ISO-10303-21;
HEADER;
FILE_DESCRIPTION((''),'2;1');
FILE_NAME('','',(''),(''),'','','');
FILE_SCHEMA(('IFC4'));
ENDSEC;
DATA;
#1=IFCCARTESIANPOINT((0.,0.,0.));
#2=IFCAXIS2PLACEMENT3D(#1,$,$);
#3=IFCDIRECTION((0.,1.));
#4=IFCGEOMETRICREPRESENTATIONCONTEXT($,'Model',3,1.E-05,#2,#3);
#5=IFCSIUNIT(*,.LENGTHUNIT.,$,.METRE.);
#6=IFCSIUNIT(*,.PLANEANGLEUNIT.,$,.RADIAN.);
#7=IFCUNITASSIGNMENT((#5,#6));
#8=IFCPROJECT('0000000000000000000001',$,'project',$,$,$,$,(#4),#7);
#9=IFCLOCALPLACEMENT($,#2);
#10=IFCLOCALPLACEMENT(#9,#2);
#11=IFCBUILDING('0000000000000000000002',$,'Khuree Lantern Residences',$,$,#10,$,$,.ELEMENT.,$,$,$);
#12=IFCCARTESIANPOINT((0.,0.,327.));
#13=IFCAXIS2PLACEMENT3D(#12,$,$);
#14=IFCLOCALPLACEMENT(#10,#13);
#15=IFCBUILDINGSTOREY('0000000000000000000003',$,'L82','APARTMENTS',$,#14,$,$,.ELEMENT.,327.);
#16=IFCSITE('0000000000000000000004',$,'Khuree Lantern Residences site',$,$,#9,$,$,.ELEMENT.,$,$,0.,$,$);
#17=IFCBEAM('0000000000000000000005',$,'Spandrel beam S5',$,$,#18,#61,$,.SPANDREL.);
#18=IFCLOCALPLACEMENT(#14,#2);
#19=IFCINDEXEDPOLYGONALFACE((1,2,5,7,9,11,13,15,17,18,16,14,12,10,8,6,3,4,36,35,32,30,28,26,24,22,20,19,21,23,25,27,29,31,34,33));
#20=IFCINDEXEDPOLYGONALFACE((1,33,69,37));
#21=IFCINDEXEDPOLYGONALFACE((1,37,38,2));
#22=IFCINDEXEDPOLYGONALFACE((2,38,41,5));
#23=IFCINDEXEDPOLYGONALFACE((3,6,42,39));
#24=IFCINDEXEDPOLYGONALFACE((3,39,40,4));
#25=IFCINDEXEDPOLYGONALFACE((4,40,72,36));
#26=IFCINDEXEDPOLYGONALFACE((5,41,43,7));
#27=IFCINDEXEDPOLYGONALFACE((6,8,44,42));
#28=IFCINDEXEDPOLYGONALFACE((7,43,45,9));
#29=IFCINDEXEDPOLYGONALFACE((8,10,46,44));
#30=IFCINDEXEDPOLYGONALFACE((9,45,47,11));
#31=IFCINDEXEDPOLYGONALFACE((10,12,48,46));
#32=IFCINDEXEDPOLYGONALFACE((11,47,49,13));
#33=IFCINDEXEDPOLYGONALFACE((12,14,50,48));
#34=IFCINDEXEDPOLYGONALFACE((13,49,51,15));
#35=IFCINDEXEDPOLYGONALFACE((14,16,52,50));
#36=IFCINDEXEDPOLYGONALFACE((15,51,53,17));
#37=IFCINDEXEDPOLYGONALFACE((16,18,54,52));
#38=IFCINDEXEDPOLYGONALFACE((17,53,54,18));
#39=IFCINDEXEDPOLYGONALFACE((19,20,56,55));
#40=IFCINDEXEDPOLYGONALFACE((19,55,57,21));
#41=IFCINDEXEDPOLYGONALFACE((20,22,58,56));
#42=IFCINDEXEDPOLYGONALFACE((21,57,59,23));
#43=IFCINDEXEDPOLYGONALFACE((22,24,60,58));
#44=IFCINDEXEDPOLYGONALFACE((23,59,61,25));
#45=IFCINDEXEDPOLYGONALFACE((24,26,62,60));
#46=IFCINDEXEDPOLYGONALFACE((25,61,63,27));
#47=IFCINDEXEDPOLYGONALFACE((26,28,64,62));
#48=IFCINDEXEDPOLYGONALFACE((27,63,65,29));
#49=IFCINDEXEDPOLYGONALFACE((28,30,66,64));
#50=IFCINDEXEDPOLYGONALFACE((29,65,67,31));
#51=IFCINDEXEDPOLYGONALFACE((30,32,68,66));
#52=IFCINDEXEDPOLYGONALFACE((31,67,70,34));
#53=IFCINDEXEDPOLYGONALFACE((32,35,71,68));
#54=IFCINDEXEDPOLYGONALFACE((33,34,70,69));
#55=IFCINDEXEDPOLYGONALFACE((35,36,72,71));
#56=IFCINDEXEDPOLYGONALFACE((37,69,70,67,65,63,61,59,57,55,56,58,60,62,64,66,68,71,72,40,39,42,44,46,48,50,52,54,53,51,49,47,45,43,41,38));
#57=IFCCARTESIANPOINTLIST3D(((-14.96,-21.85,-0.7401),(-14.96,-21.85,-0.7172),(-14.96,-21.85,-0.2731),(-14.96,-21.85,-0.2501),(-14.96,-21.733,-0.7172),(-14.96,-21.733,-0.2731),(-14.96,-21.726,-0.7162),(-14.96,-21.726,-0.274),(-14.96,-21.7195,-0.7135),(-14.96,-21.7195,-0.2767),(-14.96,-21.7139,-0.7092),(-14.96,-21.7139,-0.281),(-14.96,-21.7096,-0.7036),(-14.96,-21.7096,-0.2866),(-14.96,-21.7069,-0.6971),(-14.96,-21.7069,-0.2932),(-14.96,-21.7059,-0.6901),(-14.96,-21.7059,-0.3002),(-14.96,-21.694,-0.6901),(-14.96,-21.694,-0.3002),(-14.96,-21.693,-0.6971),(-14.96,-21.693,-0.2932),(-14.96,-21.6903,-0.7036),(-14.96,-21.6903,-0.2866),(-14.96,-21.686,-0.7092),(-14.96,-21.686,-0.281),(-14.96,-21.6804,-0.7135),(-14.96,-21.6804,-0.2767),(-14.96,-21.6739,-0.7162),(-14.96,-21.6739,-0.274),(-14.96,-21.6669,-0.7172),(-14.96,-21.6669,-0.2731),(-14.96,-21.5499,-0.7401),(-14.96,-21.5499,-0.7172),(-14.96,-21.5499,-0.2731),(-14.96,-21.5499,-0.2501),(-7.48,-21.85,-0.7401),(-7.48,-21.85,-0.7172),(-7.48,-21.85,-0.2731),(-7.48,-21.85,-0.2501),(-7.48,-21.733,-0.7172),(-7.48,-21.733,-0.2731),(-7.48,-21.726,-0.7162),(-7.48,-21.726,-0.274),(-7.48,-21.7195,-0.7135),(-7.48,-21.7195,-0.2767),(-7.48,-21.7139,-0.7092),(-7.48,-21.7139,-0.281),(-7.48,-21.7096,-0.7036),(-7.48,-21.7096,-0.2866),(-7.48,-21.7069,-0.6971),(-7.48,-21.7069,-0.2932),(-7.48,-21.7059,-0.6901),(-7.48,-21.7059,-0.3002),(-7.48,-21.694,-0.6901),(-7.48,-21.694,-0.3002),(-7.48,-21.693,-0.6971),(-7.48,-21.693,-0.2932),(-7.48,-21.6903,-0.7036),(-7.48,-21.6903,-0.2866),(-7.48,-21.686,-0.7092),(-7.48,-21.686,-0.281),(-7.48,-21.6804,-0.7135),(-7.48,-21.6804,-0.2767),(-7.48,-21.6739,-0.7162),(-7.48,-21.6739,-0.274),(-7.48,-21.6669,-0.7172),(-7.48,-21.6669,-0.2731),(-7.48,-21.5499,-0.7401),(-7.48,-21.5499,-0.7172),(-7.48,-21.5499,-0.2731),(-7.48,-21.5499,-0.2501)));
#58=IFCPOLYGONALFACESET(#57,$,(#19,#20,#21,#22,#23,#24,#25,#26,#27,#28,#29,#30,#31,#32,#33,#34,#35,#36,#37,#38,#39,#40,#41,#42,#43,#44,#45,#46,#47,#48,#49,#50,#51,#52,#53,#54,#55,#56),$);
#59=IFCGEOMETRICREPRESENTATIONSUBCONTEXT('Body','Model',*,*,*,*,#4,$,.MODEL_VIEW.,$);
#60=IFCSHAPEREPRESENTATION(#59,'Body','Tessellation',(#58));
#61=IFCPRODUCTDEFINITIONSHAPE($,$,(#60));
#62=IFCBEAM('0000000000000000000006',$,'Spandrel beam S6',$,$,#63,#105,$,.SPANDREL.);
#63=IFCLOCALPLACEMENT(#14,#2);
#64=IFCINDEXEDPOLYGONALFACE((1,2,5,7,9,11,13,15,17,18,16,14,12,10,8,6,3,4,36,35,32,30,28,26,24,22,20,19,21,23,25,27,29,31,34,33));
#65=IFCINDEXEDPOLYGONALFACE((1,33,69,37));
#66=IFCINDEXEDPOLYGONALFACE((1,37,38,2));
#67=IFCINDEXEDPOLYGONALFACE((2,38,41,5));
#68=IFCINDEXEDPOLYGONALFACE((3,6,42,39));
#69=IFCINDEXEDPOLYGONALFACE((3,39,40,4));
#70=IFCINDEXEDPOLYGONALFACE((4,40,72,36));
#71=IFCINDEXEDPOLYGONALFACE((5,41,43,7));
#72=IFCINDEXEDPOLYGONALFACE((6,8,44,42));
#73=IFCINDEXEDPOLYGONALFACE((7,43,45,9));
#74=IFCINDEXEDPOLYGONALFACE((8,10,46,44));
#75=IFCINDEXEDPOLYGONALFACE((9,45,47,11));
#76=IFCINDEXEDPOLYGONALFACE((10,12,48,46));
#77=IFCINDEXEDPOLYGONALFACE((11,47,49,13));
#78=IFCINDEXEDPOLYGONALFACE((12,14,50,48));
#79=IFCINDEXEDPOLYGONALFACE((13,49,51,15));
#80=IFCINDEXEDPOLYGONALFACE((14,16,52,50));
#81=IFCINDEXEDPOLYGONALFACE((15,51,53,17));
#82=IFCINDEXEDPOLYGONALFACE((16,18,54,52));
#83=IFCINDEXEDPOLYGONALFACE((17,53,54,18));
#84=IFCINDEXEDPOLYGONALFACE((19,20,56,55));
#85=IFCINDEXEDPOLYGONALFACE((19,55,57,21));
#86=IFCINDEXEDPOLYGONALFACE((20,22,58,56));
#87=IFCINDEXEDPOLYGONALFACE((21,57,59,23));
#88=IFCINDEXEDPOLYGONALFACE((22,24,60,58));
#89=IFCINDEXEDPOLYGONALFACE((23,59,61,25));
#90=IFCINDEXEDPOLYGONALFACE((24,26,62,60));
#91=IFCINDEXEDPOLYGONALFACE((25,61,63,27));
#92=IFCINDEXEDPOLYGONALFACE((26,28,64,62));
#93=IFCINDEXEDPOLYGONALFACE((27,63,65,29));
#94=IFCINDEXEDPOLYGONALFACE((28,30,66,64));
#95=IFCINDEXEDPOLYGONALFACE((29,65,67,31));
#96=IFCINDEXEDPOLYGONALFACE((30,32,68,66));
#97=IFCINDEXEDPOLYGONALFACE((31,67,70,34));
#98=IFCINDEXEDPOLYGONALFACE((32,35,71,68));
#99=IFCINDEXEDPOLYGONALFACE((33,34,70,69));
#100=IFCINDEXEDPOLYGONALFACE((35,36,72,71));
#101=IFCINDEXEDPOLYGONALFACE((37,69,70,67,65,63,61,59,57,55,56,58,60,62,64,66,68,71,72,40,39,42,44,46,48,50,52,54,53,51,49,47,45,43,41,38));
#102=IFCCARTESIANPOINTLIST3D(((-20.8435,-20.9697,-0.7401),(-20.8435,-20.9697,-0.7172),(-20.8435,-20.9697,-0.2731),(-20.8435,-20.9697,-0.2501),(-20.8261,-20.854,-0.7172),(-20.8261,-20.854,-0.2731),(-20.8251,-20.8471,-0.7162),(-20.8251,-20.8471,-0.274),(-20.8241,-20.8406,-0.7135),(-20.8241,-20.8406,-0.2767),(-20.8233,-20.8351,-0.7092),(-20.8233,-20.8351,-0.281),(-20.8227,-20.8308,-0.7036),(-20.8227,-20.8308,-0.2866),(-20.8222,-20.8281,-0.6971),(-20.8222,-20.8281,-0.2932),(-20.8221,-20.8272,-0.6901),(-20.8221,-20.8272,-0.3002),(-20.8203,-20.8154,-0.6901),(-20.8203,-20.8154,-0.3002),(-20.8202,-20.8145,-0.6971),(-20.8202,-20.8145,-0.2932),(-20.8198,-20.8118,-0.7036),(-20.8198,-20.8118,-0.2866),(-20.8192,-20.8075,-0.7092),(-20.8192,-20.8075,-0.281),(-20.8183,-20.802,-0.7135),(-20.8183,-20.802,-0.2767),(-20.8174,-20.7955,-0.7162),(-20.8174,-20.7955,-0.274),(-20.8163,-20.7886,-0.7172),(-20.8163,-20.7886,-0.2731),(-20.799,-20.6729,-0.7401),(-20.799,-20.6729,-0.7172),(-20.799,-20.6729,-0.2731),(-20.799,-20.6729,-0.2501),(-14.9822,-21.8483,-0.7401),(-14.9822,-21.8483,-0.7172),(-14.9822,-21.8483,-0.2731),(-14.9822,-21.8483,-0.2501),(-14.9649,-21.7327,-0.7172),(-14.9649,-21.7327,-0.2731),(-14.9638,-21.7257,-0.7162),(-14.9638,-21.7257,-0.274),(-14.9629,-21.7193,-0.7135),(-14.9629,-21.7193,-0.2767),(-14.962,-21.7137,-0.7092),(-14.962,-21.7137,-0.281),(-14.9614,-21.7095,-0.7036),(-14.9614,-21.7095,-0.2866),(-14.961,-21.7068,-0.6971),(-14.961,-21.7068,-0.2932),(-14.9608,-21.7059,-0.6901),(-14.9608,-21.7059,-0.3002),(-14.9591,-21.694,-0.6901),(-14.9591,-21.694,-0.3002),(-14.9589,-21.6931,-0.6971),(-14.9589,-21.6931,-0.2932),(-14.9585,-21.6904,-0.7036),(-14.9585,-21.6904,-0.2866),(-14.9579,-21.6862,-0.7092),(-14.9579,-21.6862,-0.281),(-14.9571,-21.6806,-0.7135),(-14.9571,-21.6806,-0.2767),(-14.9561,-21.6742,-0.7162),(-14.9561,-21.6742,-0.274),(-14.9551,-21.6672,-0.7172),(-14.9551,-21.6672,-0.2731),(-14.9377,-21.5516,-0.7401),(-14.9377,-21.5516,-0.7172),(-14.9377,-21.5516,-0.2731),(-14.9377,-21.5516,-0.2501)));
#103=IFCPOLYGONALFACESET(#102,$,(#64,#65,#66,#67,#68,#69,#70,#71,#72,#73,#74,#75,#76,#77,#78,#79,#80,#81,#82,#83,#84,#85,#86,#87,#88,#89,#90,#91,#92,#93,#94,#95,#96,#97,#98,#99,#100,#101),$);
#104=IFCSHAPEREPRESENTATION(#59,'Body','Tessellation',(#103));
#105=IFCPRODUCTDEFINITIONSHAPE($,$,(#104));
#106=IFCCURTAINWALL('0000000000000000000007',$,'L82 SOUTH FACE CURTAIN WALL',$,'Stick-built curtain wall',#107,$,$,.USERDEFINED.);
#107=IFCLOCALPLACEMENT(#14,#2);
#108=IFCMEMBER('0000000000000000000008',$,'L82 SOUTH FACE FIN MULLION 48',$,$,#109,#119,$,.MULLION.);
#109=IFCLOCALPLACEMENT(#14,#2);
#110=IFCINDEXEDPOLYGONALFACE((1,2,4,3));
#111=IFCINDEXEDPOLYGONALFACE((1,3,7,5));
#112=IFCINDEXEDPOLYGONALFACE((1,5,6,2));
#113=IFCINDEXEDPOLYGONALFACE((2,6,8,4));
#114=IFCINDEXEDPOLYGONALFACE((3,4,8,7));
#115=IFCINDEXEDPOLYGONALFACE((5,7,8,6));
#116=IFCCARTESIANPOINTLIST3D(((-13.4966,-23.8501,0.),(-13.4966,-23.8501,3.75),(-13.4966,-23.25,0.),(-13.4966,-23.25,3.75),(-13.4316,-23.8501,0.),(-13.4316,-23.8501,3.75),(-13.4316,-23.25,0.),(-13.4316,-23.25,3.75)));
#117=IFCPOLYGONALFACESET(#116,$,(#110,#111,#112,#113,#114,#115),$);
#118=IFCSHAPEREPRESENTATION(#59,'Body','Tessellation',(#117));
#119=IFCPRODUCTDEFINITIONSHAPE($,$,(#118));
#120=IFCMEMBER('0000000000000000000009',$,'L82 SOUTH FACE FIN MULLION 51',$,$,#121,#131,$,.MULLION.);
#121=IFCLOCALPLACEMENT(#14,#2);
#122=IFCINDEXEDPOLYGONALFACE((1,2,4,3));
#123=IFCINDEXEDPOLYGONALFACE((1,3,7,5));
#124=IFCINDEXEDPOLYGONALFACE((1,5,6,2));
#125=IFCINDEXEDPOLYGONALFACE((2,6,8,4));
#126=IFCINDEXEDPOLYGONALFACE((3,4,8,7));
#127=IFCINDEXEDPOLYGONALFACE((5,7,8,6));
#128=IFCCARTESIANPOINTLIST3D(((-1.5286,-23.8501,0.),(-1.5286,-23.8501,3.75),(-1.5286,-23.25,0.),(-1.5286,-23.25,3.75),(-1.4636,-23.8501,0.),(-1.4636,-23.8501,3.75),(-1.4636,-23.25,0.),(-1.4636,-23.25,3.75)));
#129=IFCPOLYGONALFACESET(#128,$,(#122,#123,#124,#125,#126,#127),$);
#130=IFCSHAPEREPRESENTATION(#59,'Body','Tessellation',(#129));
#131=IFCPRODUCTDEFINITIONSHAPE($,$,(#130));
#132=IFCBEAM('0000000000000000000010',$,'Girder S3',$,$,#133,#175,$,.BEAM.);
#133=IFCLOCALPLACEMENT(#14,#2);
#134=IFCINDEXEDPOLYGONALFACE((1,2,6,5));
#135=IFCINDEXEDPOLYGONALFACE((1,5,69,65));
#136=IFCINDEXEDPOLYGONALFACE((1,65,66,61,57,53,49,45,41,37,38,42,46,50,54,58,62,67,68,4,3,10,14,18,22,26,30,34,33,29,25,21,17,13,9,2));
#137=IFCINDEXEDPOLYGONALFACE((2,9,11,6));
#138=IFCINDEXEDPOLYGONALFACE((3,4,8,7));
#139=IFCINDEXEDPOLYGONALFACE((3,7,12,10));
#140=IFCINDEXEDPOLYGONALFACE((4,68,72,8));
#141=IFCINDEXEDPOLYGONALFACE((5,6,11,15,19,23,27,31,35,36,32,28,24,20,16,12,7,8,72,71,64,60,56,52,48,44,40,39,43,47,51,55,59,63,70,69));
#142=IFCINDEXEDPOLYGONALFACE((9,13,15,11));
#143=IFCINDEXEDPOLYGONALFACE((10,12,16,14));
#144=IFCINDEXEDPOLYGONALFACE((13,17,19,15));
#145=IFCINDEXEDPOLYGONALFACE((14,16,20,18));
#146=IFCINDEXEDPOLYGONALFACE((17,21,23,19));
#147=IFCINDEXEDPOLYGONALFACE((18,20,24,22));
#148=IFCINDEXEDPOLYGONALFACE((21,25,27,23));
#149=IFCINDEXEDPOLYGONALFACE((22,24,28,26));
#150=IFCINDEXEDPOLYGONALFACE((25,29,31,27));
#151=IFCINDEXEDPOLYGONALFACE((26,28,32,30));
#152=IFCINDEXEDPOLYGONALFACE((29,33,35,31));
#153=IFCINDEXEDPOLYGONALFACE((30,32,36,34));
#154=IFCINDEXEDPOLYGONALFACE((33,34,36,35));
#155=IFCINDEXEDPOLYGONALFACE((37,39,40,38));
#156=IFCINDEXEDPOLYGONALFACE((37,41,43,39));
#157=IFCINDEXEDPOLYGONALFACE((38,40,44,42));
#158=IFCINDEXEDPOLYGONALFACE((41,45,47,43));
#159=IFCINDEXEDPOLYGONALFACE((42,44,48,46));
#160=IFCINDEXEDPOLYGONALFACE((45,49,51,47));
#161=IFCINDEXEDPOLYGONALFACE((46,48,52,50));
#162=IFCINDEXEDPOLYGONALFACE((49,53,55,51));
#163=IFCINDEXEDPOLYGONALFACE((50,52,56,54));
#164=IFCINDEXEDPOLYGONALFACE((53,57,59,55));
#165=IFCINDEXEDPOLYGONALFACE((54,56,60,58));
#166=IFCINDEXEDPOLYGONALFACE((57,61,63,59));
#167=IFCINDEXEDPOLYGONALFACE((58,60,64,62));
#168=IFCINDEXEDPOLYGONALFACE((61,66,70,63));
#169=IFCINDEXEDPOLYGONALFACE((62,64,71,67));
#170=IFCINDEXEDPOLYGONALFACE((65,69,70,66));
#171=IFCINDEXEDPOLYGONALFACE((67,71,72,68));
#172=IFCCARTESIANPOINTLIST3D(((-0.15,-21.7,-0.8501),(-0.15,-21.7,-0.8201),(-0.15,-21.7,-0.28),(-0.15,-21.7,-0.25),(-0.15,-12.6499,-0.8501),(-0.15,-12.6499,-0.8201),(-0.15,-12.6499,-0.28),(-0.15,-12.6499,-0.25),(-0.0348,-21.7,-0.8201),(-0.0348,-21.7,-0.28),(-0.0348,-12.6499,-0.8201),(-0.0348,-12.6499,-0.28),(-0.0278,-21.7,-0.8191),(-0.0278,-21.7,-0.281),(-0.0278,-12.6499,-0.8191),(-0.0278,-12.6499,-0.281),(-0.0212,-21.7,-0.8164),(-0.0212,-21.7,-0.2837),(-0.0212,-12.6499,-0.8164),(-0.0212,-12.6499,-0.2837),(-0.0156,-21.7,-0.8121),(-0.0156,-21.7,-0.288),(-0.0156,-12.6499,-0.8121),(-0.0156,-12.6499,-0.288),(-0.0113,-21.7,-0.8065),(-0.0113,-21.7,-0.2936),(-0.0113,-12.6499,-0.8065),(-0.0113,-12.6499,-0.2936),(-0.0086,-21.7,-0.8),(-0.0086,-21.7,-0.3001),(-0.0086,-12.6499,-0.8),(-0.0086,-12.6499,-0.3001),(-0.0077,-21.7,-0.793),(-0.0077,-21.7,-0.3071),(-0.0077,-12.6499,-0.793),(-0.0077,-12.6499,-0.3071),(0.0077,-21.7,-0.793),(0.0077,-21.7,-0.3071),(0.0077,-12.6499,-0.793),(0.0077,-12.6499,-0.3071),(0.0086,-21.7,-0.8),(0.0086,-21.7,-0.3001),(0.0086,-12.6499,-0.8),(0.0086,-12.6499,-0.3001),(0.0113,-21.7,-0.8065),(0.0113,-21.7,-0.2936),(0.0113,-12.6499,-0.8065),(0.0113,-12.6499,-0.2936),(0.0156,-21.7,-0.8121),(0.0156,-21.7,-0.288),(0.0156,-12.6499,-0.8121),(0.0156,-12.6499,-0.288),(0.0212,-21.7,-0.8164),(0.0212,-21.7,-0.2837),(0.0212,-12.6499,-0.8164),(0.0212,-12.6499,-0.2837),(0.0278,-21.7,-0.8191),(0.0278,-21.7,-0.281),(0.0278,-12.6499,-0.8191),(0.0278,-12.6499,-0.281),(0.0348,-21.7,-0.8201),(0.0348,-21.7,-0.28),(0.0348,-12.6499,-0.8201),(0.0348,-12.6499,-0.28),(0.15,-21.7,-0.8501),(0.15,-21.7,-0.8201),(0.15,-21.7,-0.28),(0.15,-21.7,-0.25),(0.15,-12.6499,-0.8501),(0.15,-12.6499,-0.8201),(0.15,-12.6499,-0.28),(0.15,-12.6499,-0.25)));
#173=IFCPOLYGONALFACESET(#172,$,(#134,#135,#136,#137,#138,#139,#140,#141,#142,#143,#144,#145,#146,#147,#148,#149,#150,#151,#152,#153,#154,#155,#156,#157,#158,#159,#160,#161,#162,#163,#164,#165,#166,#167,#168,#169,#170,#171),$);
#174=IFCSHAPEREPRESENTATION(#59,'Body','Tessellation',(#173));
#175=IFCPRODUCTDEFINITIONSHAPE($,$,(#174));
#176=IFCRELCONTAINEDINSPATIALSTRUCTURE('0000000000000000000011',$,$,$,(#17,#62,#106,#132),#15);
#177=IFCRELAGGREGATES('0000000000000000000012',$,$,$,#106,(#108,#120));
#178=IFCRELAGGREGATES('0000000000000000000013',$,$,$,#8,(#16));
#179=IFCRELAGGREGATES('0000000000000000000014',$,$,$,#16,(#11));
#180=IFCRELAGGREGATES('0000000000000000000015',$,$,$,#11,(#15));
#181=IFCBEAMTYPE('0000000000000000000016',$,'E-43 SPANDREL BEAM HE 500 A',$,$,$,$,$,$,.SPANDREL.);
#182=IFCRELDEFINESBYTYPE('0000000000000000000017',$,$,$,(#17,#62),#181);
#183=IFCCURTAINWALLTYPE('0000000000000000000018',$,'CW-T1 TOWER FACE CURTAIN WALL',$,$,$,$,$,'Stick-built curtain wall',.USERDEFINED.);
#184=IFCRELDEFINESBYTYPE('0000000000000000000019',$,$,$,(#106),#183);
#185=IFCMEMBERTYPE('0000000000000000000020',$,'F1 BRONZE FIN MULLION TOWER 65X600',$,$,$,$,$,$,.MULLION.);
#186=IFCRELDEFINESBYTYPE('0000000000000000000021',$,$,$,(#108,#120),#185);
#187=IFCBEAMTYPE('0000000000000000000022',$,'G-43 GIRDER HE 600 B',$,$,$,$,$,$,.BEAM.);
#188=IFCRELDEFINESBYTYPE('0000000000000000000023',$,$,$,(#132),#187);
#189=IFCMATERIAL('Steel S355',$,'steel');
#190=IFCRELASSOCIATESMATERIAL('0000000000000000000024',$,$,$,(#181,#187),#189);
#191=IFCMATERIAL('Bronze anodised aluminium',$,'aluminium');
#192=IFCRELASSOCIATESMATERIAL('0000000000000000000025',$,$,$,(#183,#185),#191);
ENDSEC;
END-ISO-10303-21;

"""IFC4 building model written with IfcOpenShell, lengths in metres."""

from ifc_helpers import new_model, si_unit, direction, frame, origin, origin_2d, place, context, subcontext, project, spatial, rectangle, i_section, extrude, material, material_profile, profile_set, type_object, element, aggregate, save


model = new_model("IFC4")

# Units and contexts
model_context = context("Model", 3, precision=1e-05, world=origin(), true_north=direction((0.0, 1.0)))
body_context = subcontext(model_context, "Body", "Model", "MODEL_VIEW")
ifc_project = project(units=[si_unit("LENGTHUNIT", "METRE"), si_unit("PLANEANGLEUNIT", "RADIAN")], contexts=[model_context])

# Site, building, storey
site_placement = place(None, origin())
site = spatial("IfcSite", under=ifc_project, at=site_placement, Name="Khuree Lantern Residences site", CompositionType="ELEMENT", RefElevation=0.0)
building_placement = place(site_placement, origin())
building = spatial("IfcBuilding", under=site, at=building_placement, Name="Khuree Lantern Residences", CompositionType="ELEMENT")
storey_placement = place(building_placement, frame((0.0, 0.0, 327.0)))
storey = spatial("IfcBuildingStorey", under=building, at=storey_placement, Name="L82", Description="APARTMENTS", CompositionType="ELEMENT", Elevation=327.0)

# Beams
ifc_material_1 = material(Name="Steel S355", Category="steel")
ifc_material_profile_1 = material_profile(ifc_material_1, i_section(OverallWidth=0.3, OverallDepth=0.49, WebThickness=0.012, FlangeThickness=0.0229, FilletRadius=0.0271, at=origin_2d()), Name="HE 500 A")
ifc_profile_set_1 = profile_set([ifc_material_profile_1], Name="Steel S355")
beam_type_1 = type_object("IfcBeamType", Name="E-43 SPANDREL BEAM HE 500 A", PredefinedType="SPANDREL", material=ifc_profile_set_1)
for number, where, z_axis, x_axis, name in (
    (1, (-7.48, -21.7, -0.4951), (-1.0, 0.0, 0.0), (0.0, -1.0, 0.0), "Spandrel beam S5"),
):
    element("IfcBeam", number, at=place(storey_placement, frame(where, z_axis=z_axis, x_axis=x_axis)), inside=storey, type_object=beam_type_1, Name=name, PredefinedType="SPANDREL", context=body_context, shape_type="SweptSolid", body=[
        extrude(i_section(OverallWidth=0.3, OverallDepth=0.49, WebThickness=0.012, FlangeThickness=0.0229, FilletRadius=0.0271, at=origin_2d()), origin(), (0.0, 0.0, 1.0), 7.48),
    ])
beam_placement = place(storey_placement, frame((-14.96, -21.7, -0.4951), z_axis=(-0.98895, 0.148252, 0.0), x_axis=(-0.148252, -0.98895, 0.0)))
element("IfcBeam", 2, at=beam_placement, inside=storey, type_object=beam_type_1, Name="Spandrel beam S6", PredefinedType="SPANDREL", context=body_context, shape_type="SweptSolid", body=[
    extrude(i_section(OverallWidth=0.3, OverallDepth=0.49, WebThickness=0.012, FlangeThickness=0.0229, FilletRadius=0.0271, at=origin_2d()), origin(), (0.0, 0.0, 1.0), 5.9268),
])

# Curtain wall, members
ifc_material_2 = material(Name="Bronze anodised aluminium", Category="aluminium")
curtain_wall_type = type_object("IfcCurtainWallType", Name="CW-T1 TOWER FACE CURTAIN WALL", ElementType="Stick-built curtain wall", PredefinedType="USERDEFINED", material=ifc_material_2)
curtain_wall_placement = place(storey_placement, origin())
curtain_wall = element("IfcCurtainWall", 3, at=curtain_wall_placement, inside=storey, type_object=curtain_wall_type, Name="L82 SOUTH FACE CURTAIN WALL", ObjectType="Stick-built curtain wall", PredefinedType="USERDEFINED")
ifc_material_profile_2 = material_profile(ifc_material_2, rectangle(XDim=0.0649, YDim=0.6001, at=origin_2d()), Name="F1 65X600")
ifc_profile_set_2 = profile_set([ifc_material_profile_2], Name="Bronze anodised aluminium")
member_type_1 = type_object("IfcMemberType", Name="F1 BRONZE FIN MULLION TOWER 65X600", PredefinedType="MULLION", material=ifc_profile_set_2)
member_1_placement = place(storey_placement, frame((-13.4641, -23.55, 0.0), z_axis=(0.0, 0.0, 1.0), x_axis=(1.0, 0.0, 0.0)))
member_1 = element("IfcMember", 4, at=member_1_placement, type_object=member_type_1, Name="L82 SOUTH FACE FIN MULLION 48", PredefinedType="MULLION", context=body_context, shape_type="SweptSolid", body=[
    extrude(rectangle(XDim=0.0649, YDim=0.6001, at=origin_2d()), origin(), (0.0, 0.0, 1.0), 3.75),
])
member_2_placement = place(storey_placement, frame((-1.4961, -23.55, 0.0), z_axis=(0.0, 0.0, 1.0), x_axis=(1.0, 0.0, 0.0)))
member_2 = element("IfcMember", 5, at=member_2_placement, type_object=member_type_1, Name="L82 SOUTH FACE FIN MULLION 51", PredefinedType="MULLION", context=body_context, shape_type="SweptSolid", body=[
    extrude(rectangle(XDim=0.0649, YDim=0.6001, at=origin_2d()), origin(), (0.0, 0.0, 1.0), 3.75),
])

# Beam
ifc_material_profile_3 = material_profile(ifc_material_1, i_section(OverallWidth=0.3, OverallDepth=0.6001, WebThickness=0.0154, FlangeThickness=0.03, FilletRadius=0.0271, at=origin_2d()), Name="HE 600 B")
ifc_profile_set_3 = profile_set([ifc_material_profile_3], Name="Steel S355")
beam_type_2 = type_object("IfcBeamType", Name="G-43 GIRDER HE 600 B", PredefinedType="BEAM", material=ifc_profile_set_3)
for number, where, z_axis, x_axis, name in (
    (6, (0.0, -21.7, -0.55), (0.0, 1.0, 0.0), (-1.0, 0.0, 0.0), "Girder S3"),
):
    element("IfcBeam", number, at=place(storey_placement, frame(where, z_axis=z_axis, x_axis=x_axis)), inside=storey, type_object=beam_type_2, Name=name, PredefinedType="BEAM", context=body_context, shape_type="SweptSolid", body=[
        extrude(i_section(OverallWidth=0.3, OverallDepth=0.6001, WebThickness=0.0154, FlangeThickness=0.03, FilletRadius=0.0271, at=origin_2d()), origin(), (0.0, 0.0, 1.0), 9.05),
    ])

aggregate(curtain_wall, [member_1, member_2])

save(model, "model.ifc")
